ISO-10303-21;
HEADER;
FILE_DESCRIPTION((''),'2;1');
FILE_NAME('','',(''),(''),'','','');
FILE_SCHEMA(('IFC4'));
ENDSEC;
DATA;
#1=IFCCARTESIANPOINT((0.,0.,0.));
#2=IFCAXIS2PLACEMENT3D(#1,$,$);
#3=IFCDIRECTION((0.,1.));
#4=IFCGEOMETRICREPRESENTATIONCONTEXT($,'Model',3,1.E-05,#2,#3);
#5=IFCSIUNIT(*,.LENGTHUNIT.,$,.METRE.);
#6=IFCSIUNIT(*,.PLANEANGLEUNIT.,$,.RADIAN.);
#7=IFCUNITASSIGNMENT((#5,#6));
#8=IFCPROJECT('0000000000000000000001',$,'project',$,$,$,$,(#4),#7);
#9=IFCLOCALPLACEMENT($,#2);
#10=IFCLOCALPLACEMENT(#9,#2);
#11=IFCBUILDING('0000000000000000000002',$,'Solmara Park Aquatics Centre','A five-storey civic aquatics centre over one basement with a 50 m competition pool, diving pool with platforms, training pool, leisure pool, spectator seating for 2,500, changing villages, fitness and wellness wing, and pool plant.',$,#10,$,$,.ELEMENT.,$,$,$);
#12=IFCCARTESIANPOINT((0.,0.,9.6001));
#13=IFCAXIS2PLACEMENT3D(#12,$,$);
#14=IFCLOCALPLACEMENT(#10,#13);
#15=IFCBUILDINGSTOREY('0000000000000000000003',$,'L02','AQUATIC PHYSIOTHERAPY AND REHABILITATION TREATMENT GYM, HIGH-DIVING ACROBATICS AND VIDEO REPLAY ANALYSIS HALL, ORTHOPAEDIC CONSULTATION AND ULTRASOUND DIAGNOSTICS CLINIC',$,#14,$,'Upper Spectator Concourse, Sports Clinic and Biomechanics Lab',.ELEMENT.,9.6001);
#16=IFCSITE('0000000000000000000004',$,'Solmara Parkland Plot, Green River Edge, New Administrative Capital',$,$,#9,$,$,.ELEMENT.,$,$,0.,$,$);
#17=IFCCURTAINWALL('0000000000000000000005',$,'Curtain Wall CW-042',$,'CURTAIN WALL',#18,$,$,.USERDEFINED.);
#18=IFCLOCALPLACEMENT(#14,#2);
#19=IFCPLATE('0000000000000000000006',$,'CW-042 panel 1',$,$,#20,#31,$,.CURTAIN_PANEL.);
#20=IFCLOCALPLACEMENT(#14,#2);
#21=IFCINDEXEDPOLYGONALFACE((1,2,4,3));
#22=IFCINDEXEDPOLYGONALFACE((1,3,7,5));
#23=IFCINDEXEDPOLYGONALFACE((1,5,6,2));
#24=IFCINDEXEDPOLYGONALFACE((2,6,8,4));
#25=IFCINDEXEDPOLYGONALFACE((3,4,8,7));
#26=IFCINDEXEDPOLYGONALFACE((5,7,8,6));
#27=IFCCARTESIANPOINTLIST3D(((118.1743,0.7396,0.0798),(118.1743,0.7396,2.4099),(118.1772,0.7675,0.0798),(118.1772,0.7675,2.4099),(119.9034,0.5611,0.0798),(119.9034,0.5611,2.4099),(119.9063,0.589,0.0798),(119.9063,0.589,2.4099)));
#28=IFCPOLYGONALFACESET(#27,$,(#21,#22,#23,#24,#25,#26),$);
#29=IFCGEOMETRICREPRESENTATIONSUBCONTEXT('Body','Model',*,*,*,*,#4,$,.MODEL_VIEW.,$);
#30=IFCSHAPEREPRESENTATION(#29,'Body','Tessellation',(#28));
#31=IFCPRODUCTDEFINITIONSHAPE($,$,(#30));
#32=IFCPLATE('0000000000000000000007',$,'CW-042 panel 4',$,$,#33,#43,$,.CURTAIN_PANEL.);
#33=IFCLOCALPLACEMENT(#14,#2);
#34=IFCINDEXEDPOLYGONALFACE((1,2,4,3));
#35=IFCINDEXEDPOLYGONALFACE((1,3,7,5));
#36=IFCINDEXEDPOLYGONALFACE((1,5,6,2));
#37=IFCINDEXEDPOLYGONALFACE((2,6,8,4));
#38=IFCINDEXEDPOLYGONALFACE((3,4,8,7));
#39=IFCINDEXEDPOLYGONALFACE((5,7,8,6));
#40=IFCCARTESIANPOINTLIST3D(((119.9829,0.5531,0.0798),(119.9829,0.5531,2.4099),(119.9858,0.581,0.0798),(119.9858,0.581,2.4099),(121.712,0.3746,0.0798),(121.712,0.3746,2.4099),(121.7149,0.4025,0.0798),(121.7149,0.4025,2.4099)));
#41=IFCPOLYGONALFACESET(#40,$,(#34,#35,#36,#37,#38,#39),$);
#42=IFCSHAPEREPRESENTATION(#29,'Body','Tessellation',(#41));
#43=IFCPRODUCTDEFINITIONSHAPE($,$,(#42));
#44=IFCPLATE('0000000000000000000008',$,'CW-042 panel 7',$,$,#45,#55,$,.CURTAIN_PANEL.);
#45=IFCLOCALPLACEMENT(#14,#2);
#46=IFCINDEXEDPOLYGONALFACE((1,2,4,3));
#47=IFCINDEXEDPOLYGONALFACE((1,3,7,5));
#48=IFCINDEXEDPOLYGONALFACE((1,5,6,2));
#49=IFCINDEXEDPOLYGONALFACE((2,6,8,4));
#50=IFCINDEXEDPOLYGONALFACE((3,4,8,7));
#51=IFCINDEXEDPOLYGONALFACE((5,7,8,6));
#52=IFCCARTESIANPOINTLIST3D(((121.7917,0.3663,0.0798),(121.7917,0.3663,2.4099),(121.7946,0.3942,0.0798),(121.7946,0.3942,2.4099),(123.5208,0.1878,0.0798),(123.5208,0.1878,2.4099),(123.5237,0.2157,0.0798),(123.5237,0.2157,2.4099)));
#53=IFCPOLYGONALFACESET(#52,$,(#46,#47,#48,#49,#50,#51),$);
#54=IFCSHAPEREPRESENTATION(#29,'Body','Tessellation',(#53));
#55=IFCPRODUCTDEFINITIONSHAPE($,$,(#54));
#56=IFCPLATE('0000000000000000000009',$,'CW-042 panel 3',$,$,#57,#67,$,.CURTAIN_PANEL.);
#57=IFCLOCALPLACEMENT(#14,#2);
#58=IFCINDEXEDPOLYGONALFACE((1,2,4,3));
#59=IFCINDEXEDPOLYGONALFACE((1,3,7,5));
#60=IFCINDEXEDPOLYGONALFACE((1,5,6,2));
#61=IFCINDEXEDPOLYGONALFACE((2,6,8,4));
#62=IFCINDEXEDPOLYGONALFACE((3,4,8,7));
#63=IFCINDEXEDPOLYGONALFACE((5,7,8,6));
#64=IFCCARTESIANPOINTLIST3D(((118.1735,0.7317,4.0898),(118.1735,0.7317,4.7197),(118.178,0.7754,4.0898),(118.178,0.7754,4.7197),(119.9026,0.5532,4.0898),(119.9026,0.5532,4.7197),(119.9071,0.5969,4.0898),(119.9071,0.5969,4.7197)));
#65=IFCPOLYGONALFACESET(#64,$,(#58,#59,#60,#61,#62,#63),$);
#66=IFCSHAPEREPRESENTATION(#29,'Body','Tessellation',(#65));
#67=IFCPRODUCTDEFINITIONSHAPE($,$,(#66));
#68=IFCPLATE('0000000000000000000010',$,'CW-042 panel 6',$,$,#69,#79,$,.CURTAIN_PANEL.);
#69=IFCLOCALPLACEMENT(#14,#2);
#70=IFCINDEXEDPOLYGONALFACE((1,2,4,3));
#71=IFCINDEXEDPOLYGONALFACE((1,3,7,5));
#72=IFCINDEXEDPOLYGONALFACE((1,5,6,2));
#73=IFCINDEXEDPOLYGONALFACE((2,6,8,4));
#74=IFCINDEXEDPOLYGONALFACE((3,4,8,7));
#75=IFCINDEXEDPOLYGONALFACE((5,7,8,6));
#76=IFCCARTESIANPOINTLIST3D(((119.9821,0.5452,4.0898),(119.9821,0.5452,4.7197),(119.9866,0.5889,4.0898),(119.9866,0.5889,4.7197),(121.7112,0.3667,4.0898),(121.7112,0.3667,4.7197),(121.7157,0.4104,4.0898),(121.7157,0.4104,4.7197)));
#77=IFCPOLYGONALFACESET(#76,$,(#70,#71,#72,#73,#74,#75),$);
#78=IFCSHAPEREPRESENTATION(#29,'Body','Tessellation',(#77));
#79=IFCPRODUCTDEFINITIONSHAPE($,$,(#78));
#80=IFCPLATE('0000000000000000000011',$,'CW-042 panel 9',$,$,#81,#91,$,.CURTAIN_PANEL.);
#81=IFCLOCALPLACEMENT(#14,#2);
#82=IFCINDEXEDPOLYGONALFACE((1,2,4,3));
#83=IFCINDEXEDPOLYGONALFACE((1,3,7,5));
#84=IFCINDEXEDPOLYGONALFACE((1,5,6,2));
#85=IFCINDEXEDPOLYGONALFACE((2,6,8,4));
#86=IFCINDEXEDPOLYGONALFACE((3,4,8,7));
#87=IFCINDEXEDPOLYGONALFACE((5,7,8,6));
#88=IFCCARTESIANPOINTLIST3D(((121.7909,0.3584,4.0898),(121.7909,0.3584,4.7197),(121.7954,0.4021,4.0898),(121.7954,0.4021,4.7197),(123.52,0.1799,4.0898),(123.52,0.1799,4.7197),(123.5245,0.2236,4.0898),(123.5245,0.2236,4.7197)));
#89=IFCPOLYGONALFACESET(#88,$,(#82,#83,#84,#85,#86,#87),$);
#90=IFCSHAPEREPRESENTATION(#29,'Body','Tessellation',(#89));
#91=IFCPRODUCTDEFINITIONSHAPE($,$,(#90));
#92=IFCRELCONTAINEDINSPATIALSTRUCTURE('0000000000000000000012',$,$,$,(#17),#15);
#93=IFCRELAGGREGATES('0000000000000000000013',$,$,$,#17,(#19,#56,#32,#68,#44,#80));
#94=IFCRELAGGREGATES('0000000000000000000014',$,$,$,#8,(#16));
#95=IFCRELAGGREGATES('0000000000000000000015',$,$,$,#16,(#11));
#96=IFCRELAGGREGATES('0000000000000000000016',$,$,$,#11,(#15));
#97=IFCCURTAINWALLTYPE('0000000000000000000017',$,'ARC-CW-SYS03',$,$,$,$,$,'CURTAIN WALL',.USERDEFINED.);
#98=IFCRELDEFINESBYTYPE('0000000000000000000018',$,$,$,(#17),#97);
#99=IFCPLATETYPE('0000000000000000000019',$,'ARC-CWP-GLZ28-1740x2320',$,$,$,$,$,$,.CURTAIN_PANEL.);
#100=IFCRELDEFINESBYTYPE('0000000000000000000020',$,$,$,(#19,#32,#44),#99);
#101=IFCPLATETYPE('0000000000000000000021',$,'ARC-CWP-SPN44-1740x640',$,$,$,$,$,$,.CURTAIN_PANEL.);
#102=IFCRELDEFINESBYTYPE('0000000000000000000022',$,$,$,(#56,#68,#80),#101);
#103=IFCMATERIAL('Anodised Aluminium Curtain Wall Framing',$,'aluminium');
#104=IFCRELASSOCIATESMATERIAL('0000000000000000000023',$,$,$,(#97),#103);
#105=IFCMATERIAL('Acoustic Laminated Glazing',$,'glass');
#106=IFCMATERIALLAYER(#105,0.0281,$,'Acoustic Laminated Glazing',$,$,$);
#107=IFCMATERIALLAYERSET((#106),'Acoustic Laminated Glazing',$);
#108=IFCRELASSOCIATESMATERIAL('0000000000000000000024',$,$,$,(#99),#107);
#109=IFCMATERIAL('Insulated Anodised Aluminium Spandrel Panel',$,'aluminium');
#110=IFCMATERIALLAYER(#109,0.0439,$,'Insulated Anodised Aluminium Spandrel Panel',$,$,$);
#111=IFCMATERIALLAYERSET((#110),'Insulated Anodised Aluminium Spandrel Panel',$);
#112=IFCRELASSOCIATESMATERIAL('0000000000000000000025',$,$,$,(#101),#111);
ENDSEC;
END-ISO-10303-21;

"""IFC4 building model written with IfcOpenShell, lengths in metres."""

from ifc_helpers import new_model, si_unit, direction, frame, origin, origin_2d, place, context, subcontext, project, spatial, rectangle, extrude, material, layer, layer_set, type_object, element, aggregate, save


model = new_model("IFC4")

# Units and contexts
model_context = context("Model", 3, precision=1e-05, world=origin(), true_north=direction((0.0, 1.0)))
body_context = subcontext(model_context, "Body", "Model", "MODEL_VIEW")
ifc_project = project(units=[si_unit("LENGTHUNIT", "METRE"), si_unit("PLANEANGLEUNIT", "RADIAN")], contexts=[model_context])

# Site, building, storey
site_placement = place(None, origin())
site = spatial("IfcSite", under=ifc_project, at=site_placement, Name="Solmara Parkland Plot, Green River Edge, New Administrative Capital", CompositionType="ELEMENT", RefElevation=0.0)
building_placement = place(site_placement, origin())
building = spatial("IfcBuilding", under=site, at=building_placement, Name="Solmara Park Aquatics Centre", Description="A five-storey civic aquatics centre over one basement with a 50 m competition pool, diving pool with platforms, training pool, leisure pool, spectator seating for 2,500, changing villages, fitness and wellness wing, and pool plant.", CompositionType="ELEMENT")
storey_placement = place(building_placement, frame((0.0, 0.0, 9.6001)))
storey = spatial("IfcBuildingStorey", under=building, at=storey_placement, Name="L02", Description="AQUATIC PHYSIOTHERAPY AND REHABILITATION TREATMENT GYM, HIGH-DIVING ACROBATICS AND VIDEO REPLAY ANALYSIS HALL, ORTHOPAEDIC CONSULTATION AND ULTRASOUND DIAGNOSTICS CLINIC", LongName="Upper Spectator Concourse, Sports Clinic and Biomechanics Lab", CompositionType="ELEMENT", Elevation=9.6001)

# Shared definitions
ifc_material_1 = material(Name="Anodised Aluminium Curtain Wall Framing", Category="aluminium")
curtain_wall_type = type_object("IfcCurtainWallType", Name="ARC-CW-SYS03", ElementType="CURTAIN WALL", PredefinedType="USERDEFINED", material=ifc_material_1)

# Curtain wall
curtain_wall_1_placement = place(storey_placement, origin())
curtain_wall_1 = element("IfcCurtainWall", 1, at=curtain_wall_1_placement, inside=storey, type_object=curtain_wall_type, Name="Curtain Wall CW-042", ObjectType="CURTAIN WALL", PredefinedType="USERDEFINED")

# Plates
ifc_material_2 = material(Name="Acoustic Laminated Glazing", Category="glass")
ifc_layer_1 = layer(ifc_material_2, 0.0281, Name="Acoustic Laminated Glazing")
ifc_layer_set_1 = layer_set([ifc_layer_1], Name="Acoustic Laminated Glazing")
plate_type_1 = type_object("IfcPlateType", Name="ARC-CWP-GLZ28-1740x2320", PredefinedType="CURTAIN_PANEL", material=ifc_layer_set_1)
plate_1_placement = place(storey_placement, frame((119.0403, 0.6643, 0.0798), z_axis=(0.0, 0.0, 1.0), x_axis=(0.994711, -0.102709, 0.0)))
plate_1 = element("IfcPlate", 2, at=plate_1_placement, type_object=plate_type_1, Name="CW-042 panel 1", PredefinedType="CURTAIN_PANEL", context=body_context, shape_type="SweptSolid", body=[
    extrude(rectangle(XDim=1.7383, YDim=0.0281, at=origin_2d()), origin(), (0.0, 0.0, 1.0), 2.3301),
])
plate_2_placement = place(storey_placement, frame((120.8489, 0.4778, 0.0798), z_axis=(0.0, 0.0, 1.0), x_axis=(0.994711, -0.102709, 0.0)))
plate_2 = element("IfcPlate", 3, at=plate_2_placement, type_object=plate_type_1, Name="CW-042 panel 4", PredefinedType="CURTAIN_PANEL", context=body_context, shape_type="SweptSolid", body=[
    extrude(rectangle(XDim=1.7383, YDim=0.0281, at=origin_2d()), origin(), (0.0, 0.0, 1.0), 2.3301),
])
plate_3_placement = place(storey_placement, frame((122.6577, 0.291, 0.0798), z_axis=(0.0, 0.0, 1.0), x_axis=(0.994711, -0.102709, 0.0)))
plate_3 = element("IfcPlate", 4, at=plate_3_placement, type_object=plate_type_1, Name="CW-042 panel 7", PredefinedType="CURTAIN_PANEL", context=body_context, shape_type="SweptSolid", body=[
    extrude(rectangle(XDim=1.7383, YDim=0.0281, at=origin_2d()), origin(), (0.0, 0.0, 1.0), 2.3301),
])
ifc_material_3 = material(Name="Insulated Anodised Aluminium Spandrel Panel", Category="aluminium")
ifc_layer_2 = layer(ifc_material_3, 0.0439, Name="Insulated Anodised Aluminium Spandrel Panel")
ifc_layer_set_2 = layer_set([ifc_layer_2], Name="Insulated Anodised Aluminium Spandrel Panel")
plate_type_2 = type_object("IfcPlateType", Name="ARC-CWP-SPN44-1740x640", PredefinedType="CURTAIN_PANEL", material=ifc_layer_set_2)
plate_4_placement = place(storey_placement, frame((119.0403, 0.6643, 4.0898), z_axis=(0.0, 0.0, 1.0), x_axis=(0.994711, -0.102709, 0.0)))
plate_4 = element("IfcPlate", 5, at=plate_4_placement, type_object=plate_type_2, Name="CW-042 panel 3", PredefinedType="CURTAIN_PANEL", context=body_context, shape_type="SweptSolid", body=[
    extrude(rectangle(XDim=1.7383, YDim=0.0439, at=origin_2d()), origin(), (0.0, 0.0, 1.0), 0.6299),
])
plate_5_placement = place(storey_placement, frame((120.8489, 0.4778, 4.0898), z_axis=(0.0, 0.0, 1.0), x_axis=(0.994711, -0.102709, 0.0)))
plate_5 = element("IfcPlate", 6, at=plate_5_placement, type_object=plate_type_2, Name="CW-042 panel 6", PredefinedType="CURTAIN_PANEL", context=body_context, shape_type="SweptSolid", body=[
    extrude(rectangle(XDim=1.7383, YDim=0.0439, at=origin_2d()), origin(), (0.0, 0.0, 1.0), 0.6299),
])
plate_6_placement = place(storey_placement, frame((122.6577, 0.291, 4.0898), z_axis=(0.0, 0.0, 1.0), x_axis=(0.994711, -0.102709, 0.0)))
plate_6 = element("IfcPlate", 7, at=plate_6_placement, type_object=plate_type_2, Name="CW-042 panel 9", PredefinedType="CURTAIN_PANEL", context=body_context, shape_type="SweptSolid", body=[
    extrude(rectangle(XDim=1.7383, YDim=0.0439, at=origin_2d()), origin(), (0.0, 0.0, 1.0), 0.6299),
])
aggregate(curtain_wall_1, [plate_1, plate_4, plate_2, plate_5, plate_3, plate_6])

save(model, "model.ifc")
